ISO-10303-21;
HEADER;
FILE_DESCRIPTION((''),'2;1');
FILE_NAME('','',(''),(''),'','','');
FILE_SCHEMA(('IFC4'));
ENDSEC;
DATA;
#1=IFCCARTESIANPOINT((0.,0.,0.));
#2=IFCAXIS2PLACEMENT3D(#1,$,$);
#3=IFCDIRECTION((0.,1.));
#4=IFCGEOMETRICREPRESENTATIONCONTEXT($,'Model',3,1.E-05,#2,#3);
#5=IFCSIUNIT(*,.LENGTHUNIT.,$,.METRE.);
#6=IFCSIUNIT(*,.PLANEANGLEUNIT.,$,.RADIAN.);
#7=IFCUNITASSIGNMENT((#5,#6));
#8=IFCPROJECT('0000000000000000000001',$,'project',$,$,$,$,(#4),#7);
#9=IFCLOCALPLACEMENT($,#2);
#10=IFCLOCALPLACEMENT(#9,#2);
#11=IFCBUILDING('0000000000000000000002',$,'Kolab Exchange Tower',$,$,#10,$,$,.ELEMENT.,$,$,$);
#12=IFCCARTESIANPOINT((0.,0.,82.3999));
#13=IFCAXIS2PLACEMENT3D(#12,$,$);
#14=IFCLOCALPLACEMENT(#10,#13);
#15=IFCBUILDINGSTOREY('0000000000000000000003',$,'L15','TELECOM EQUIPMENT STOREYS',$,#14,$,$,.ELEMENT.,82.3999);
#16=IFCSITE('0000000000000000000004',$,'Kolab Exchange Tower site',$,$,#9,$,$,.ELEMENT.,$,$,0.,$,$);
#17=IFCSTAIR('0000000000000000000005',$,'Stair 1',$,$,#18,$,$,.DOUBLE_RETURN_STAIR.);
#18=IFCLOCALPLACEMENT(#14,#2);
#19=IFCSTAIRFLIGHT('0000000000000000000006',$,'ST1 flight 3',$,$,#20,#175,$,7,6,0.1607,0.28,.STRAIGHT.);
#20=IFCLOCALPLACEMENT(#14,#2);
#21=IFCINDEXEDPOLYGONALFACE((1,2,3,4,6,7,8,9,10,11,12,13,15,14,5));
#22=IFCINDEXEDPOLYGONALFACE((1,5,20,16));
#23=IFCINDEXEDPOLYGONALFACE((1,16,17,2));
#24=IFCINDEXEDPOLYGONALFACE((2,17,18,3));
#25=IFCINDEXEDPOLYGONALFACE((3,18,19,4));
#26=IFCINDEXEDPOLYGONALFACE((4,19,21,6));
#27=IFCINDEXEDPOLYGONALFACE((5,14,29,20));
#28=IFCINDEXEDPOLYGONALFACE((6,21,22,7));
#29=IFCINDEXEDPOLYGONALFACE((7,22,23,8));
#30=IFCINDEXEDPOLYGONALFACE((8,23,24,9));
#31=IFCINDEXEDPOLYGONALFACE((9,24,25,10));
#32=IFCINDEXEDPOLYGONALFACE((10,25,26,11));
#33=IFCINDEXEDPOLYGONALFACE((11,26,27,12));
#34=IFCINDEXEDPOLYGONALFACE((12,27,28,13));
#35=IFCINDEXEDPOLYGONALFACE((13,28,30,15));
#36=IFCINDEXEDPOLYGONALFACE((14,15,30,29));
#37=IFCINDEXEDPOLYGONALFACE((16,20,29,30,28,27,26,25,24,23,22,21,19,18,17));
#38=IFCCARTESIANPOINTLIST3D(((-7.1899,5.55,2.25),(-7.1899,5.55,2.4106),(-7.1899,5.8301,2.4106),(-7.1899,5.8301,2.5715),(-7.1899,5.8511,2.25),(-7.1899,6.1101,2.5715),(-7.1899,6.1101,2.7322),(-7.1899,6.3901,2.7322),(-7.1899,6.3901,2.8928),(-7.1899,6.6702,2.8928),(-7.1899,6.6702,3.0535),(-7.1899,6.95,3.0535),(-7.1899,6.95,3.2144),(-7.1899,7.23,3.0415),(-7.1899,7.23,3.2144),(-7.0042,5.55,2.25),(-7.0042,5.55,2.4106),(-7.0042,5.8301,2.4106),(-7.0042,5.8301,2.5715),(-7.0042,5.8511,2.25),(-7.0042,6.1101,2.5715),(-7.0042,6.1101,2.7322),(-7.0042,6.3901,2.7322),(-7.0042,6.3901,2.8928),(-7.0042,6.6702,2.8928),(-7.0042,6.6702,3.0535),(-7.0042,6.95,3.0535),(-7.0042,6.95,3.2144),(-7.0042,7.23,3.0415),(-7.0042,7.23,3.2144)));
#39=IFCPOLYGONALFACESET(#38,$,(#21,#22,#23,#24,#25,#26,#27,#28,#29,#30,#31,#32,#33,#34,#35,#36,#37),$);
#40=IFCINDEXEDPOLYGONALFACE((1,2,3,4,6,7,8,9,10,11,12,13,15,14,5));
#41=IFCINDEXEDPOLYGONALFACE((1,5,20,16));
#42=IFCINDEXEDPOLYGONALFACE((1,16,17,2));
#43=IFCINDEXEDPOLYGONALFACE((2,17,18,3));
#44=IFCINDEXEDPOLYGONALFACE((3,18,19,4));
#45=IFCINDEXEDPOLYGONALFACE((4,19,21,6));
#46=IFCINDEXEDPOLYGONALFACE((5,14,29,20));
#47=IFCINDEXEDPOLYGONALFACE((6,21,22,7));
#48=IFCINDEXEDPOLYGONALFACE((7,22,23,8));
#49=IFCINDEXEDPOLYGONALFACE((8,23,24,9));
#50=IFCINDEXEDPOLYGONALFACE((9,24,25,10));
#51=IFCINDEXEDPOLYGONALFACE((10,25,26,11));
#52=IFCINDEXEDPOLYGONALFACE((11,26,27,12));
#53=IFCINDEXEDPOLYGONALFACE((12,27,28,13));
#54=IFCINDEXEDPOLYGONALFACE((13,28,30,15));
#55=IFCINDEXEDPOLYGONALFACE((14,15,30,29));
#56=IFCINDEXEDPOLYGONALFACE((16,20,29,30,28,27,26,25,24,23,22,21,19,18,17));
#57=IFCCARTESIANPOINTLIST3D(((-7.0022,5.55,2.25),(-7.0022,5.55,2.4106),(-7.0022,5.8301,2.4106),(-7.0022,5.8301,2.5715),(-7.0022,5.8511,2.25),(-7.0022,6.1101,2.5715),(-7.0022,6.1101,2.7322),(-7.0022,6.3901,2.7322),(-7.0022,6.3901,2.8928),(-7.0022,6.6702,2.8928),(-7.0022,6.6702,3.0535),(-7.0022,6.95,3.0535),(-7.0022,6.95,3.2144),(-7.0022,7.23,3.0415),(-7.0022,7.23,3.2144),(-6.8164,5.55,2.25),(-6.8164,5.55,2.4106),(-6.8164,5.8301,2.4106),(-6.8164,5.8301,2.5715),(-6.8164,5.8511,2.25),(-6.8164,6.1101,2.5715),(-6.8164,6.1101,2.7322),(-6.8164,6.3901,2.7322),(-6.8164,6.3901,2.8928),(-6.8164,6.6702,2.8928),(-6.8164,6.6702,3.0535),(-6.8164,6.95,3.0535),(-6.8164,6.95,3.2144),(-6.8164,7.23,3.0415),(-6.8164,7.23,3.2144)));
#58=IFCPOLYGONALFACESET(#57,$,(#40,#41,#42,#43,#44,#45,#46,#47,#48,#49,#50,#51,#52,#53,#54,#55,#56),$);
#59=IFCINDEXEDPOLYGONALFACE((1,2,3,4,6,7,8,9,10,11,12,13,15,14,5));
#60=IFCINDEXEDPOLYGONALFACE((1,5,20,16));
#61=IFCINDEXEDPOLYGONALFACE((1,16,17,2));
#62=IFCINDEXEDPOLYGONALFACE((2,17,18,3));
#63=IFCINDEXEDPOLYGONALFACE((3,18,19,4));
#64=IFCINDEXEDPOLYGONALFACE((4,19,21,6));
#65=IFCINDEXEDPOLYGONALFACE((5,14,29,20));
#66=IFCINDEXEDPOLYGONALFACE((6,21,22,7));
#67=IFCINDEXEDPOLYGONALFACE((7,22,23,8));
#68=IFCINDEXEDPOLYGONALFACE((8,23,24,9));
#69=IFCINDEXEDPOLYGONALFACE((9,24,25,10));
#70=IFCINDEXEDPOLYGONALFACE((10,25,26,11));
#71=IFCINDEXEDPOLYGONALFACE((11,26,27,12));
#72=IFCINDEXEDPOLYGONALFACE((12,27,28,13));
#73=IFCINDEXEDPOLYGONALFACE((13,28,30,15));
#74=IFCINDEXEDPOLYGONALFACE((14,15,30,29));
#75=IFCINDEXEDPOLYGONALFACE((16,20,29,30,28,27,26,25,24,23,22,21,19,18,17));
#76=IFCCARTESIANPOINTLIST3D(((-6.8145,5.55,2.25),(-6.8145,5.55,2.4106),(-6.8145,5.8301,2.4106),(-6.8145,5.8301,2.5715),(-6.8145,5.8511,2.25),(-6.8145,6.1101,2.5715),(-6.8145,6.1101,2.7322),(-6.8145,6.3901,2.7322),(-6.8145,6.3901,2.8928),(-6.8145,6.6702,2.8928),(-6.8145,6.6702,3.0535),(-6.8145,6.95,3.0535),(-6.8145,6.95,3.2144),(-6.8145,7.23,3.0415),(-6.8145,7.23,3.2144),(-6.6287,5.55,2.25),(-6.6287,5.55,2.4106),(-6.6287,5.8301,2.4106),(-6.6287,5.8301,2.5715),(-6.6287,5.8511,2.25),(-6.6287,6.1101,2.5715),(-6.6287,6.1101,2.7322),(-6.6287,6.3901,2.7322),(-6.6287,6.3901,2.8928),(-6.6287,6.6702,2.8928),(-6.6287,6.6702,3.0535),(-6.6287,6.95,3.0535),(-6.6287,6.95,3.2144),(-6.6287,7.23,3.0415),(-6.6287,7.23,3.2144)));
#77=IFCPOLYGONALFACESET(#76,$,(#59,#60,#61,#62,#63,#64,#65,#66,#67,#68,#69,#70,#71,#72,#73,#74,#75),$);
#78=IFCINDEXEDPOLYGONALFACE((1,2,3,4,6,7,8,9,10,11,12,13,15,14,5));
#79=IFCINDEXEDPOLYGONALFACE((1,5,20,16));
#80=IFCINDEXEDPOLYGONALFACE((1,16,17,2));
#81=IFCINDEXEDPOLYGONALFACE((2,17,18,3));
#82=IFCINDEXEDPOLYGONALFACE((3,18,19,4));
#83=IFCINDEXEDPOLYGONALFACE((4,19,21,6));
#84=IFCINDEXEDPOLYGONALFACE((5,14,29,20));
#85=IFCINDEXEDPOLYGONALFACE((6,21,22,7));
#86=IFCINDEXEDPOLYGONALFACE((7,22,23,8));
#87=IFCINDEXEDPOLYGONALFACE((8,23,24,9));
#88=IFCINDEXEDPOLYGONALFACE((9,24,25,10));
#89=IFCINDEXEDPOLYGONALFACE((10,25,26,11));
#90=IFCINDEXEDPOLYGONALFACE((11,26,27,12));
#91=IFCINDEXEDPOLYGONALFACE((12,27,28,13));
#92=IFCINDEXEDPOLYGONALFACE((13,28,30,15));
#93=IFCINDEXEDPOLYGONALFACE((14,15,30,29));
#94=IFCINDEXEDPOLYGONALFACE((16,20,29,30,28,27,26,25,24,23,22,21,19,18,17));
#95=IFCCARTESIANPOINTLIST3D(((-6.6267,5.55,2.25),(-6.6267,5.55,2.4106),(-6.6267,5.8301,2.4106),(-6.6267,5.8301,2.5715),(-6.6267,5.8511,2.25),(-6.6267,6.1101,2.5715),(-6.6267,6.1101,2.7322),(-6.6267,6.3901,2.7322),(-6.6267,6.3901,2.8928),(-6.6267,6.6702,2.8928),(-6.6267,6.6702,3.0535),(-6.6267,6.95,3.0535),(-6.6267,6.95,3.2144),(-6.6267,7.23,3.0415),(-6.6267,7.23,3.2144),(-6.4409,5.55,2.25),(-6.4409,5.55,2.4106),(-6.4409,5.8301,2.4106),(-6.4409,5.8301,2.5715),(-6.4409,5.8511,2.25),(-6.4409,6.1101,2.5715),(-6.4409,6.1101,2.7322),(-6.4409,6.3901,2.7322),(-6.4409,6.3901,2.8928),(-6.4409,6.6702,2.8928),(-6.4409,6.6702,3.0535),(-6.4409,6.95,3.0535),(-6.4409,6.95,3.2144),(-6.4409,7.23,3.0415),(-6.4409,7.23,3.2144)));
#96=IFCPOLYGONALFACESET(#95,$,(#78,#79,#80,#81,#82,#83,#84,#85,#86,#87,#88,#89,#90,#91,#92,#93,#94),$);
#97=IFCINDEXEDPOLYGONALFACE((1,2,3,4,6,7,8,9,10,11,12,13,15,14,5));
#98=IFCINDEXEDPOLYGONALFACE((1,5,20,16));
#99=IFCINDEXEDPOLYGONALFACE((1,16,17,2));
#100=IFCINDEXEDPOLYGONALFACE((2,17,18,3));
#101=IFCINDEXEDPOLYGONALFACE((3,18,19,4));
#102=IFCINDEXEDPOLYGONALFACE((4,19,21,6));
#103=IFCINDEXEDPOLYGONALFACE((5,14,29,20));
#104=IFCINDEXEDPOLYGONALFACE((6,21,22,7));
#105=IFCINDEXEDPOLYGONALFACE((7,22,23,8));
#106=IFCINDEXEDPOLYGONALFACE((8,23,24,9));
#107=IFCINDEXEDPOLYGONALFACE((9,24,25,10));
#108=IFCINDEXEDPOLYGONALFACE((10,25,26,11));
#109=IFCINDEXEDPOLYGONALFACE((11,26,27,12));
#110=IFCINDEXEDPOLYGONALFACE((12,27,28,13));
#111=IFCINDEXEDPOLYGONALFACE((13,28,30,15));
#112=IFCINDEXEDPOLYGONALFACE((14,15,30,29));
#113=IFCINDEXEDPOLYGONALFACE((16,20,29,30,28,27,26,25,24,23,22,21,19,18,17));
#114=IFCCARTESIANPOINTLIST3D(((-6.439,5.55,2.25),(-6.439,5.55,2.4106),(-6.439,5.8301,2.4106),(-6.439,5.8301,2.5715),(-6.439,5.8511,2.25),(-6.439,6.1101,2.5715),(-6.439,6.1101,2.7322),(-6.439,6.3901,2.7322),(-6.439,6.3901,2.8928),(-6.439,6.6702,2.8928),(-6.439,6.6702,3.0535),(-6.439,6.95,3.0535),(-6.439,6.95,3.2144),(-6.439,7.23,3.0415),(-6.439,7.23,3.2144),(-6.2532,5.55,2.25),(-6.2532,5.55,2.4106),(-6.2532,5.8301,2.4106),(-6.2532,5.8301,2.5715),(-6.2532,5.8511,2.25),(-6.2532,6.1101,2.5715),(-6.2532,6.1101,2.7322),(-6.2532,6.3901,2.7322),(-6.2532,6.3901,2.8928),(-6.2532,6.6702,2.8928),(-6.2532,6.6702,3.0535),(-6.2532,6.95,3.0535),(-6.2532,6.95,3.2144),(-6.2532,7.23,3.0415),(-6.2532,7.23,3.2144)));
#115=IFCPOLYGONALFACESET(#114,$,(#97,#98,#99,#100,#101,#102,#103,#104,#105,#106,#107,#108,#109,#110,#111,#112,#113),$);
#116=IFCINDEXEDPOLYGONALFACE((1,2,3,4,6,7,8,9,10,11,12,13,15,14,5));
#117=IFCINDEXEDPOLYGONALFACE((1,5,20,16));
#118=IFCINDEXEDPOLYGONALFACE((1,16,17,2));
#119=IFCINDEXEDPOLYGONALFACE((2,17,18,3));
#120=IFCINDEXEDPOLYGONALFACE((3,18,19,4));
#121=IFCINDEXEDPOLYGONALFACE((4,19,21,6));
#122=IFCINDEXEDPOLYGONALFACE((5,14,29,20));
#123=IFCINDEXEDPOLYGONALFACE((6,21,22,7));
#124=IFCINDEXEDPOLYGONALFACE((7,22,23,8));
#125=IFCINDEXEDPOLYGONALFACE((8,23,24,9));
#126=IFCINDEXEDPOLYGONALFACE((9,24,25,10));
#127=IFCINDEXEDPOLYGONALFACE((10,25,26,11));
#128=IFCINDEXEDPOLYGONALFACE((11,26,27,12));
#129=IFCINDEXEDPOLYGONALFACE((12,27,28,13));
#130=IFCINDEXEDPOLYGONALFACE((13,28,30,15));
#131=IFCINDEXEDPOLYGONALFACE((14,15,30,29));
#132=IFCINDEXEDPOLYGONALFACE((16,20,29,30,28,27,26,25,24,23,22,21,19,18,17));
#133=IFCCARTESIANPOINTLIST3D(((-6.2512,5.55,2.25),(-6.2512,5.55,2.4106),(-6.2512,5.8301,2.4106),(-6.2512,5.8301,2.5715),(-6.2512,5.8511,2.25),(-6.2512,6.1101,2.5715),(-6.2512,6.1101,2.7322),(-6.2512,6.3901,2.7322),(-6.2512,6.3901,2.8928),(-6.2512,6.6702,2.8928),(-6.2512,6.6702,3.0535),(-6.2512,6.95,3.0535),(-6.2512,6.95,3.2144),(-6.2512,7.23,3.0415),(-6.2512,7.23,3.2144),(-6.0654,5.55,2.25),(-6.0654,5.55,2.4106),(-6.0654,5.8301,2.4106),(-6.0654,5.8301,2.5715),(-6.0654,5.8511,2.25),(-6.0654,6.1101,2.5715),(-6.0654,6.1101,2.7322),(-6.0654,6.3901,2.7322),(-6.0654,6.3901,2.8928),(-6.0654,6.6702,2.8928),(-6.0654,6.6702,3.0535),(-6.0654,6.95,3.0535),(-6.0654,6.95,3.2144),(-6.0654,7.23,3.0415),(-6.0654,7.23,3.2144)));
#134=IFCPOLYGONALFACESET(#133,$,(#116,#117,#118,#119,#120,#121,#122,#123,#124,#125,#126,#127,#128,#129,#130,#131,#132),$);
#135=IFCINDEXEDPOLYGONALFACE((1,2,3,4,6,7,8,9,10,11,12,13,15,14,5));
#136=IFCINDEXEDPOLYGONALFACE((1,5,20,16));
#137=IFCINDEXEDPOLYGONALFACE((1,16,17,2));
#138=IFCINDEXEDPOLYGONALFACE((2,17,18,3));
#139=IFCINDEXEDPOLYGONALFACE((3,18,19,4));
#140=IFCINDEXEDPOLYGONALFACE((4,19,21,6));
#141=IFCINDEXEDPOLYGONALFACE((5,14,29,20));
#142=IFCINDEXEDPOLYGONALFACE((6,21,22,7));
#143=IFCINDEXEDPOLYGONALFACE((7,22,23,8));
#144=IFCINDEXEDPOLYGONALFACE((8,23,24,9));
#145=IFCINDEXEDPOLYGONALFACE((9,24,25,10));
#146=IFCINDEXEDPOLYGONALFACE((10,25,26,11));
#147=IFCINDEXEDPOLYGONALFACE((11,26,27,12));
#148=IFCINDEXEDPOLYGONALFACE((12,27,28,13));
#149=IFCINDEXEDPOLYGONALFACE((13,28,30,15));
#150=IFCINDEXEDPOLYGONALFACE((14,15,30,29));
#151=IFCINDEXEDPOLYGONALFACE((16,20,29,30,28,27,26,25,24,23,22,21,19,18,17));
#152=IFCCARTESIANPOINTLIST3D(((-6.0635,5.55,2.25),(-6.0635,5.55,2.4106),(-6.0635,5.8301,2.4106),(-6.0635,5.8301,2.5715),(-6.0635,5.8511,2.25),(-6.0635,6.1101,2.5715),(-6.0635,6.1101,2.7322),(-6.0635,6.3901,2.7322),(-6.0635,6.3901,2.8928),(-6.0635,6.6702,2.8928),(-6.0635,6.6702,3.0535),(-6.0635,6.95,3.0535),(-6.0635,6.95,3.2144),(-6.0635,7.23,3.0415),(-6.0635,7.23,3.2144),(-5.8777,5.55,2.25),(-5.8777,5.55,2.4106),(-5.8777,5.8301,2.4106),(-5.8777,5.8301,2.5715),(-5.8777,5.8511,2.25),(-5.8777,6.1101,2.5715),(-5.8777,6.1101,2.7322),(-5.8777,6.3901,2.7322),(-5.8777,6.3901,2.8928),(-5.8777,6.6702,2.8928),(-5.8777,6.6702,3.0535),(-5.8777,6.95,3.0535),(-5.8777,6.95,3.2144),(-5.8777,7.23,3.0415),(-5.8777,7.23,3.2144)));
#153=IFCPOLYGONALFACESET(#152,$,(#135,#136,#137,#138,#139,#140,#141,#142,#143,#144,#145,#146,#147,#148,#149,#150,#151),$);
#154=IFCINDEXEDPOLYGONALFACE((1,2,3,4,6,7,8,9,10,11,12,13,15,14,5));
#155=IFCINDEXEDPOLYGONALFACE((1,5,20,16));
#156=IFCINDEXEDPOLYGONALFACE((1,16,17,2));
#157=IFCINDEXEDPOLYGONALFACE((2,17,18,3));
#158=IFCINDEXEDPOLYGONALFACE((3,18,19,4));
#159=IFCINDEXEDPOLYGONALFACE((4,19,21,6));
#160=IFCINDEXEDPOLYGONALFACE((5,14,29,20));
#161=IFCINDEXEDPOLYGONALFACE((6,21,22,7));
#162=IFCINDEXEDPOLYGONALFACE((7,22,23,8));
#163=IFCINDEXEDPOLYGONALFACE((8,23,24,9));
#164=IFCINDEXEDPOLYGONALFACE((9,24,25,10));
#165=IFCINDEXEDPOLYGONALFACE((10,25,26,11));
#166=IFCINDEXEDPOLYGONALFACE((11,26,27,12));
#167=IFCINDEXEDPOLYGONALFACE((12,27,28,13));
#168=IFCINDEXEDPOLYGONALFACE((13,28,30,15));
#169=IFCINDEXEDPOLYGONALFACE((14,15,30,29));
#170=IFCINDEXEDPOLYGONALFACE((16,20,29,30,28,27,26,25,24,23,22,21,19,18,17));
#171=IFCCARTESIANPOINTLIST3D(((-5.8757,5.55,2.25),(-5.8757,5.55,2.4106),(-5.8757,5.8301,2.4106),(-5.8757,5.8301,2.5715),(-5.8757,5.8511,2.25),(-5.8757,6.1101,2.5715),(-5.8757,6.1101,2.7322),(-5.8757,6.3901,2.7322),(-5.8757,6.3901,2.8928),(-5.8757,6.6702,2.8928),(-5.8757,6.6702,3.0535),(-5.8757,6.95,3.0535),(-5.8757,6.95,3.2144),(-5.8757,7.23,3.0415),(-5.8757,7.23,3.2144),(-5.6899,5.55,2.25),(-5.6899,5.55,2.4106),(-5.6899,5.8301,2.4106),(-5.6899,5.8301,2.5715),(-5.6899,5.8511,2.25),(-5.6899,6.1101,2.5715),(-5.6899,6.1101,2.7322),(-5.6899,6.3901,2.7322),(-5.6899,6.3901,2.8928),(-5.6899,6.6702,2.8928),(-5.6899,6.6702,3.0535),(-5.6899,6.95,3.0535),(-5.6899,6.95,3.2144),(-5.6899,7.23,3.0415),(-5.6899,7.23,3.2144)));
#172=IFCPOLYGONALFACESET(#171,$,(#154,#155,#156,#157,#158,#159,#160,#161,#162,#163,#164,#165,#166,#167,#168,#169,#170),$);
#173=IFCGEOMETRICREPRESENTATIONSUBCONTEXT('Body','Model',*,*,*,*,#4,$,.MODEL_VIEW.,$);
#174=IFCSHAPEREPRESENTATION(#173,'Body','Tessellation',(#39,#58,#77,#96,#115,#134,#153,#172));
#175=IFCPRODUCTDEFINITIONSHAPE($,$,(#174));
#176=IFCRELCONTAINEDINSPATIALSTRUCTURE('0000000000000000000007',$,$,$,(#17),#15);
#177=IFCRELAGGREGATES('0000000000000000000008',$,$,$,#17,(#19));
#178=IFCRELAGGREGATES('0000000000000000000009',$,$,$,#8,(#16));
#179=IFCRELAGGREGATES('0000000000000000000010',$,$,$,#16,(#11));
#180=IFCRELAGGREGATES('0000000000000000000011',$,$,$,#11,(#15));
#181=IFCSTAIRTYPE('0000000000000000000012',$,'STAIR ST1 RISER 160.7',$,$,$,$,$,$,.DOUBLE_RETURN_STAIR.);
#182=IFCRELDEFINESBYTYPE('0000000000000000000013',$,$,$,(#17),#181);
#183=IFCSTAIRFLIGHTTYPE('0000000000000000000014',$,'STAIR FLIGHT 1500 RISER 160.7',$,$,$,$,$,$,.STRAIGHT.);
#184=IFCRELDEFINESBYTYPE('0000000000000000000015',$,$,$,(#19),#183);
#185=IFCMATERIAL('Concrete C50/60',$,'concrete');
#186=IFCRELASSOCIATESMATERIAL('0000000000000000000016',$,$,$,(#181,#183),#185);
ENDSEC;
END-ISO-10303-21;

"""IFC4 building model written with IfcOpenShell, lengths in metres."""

from ifc_helpers import new_model, si_unit, direction, frame, origin, place, context, subcontext, project, spatial, polyline, outline, extrude, material, type_object, element, aggregate, save


model = new_model("IFC4")

# Units and contexts
model_context = context("Model", 3, precision=1e-05, world=origin(), true_north=direction((0.0, 1.0)))
body_context = subcontext(model_context, "Body", "Model", "MODEL_VIEW")
ifc_project = project(units=[si_unit("LENGTHUNIT", "METRE"), si_unit("PLANEANGLEUNIT", "RADIAN")], contexts=[model_context])

# Site, building, storey
site_placement = place(None, origin())
site = spatial("IfcSite", under=ifc_project, at=site_placement, Name="Kolab Exchange Tower site", CompositionType="ELEMENT", RefElevation=0.0)
building_placement = place(site_placement, origin())
building = spatial("IfcBuilding", under=site, at=building_placement, Name="Kolab Exchange Tower", CompositionType="ELEMENT")
storey_placement = place(building_placement, frame((0.0, 0.0, 82.3999)))
storey = spatial("IfcBuildingStorey", under=building, at=storey_placement, Name="L15", Description="TELECOM EQUIPMENT STOREYS", CompositionType="ELEMENT", Elevation=82.3999)

# Shared definitions
ifc_material_1 = material(Name="Concrete C50/60", Category="concrete")

# Stair, stair flight
stair_type = type_object("IfcStairType", Name="STAIR ST1 RISER 160.7", PredefinedType="DOUBLE_RETURN_STAIR", material=ifc_material_1)
stair_placement = place(storey_placement, origin())
stair = element("IfcStair", 1, at=stair_placement, inside=storey, type_object=stair_type, Name="Stair 1", PredefinedType="DOUBLE_RETURN_STAIR")
stair_flight_type = type_object("IfcStairFlightType", Name="STAIR FLIGHT 1500 RISER 160.7", PredefinedType="STRAIGHT", material=ifc_material_1)
stair_flight_1_placement = place(storey_placement, frame((-6.4399, 5.55, 2.25), z_axis=(0.0, 0.0, 1.0), x_axis=(0.0, 1.0, 0.0)))
stair_flight_1 = element("IfcStairFlight", 2, at=stair_flight_1_placement, type_object=stair_flight_type, Name="ST1 flight 3", NumberOfRisers=7, NumberOfTreads=6, PredefinedType="STRAIGHT", RiserHeight=0.1607, TreadLength=0.28, context=body_context, shape_type="SweptSolid", body=[
    extrude(outline(polyline([(0.0, 0.0), (0.0, 0.1606), (0.28, 0.1606), (0.28, 0.3215), (0.5601, 0.3215), (0.5601, 0.4822), (0.8401, 0.4822), (0.8401, 0.6428), (1.1201, 0.6428), (1.1201, 0.8035), (1.3999, 0.8035), (1.3999, 0.9644), (1.6799, 0.9644), (1.6799, 1.125), (1.6799, 0.7915), (0.301, 0.0), (0.0, 0.0)])), frame((0.0, 0.75, 0.0), z_axis=(0.0, -1.0, 0.0), x_axis=(1.0, 0.0, 0.0)), (0.0, 0.0, 1.0), 0.1858),
    extrude(outline(polyline([(0.0, 0.0), (0.0, 0.1606), (0.28, 0.1606), (0.28, 0.3215), (0.5601, 0.3215), (0.5601, 0.4822), (0.8401, 0.4822), (0.8401, 0.6428), (1.1201, 0.6428), (1.1201, 0.8035), (1.3999, 0.8035), (1.3999, 0.9644), (1.6799, 0.9644), (1.6799, 1.125), (1.6799, 0.7915), (0.301, 0.0), (0.0, 0.0)])), frame((0.0, 0.5623, 0.0), z_axis=(0.0, -1.0, 0.0), x_axis=(1.0, 0.0, 0.0)), (0.0, 0.0, 1.0), 0.1858),
    extrude(outline(polyline([(0.0, 0.0), (0.0, 0.1606), (0.28, 0.1606), (0.28, 0.3215), (0.5601, 0.3215), (0.5601, 0.4822), (0.8401, 0.4822), (0.8401, 0.6428), (1.1201, 0.6428), (1.1201, 0.8035), (1.3999, 0.8035), (1.3999, 0.9644), (1.6799, 0.9644), (1.6799, 1.125), (1.6799, 0.7915), (0.301, 0.0), (0.0, 0.0)])), frame((0.0, 0.3745, 0.0), z_axis=(0.0, -1.0, 0.0), x_axis=(1.0, 0.0, 0.0)), (0.0, 0.0, 1.0), 0.1858),
    extrude(outline(polyline([(0.0, 0.0), (0.0, 0.1606), (0.28, 0.1606), (0.28, 0.3215), (0.5601, 0.3215), (0.5601, 0.4822), (0.8401, 0.4822), (0.8401, 0.6428), (1.1201, 0.6428), (1.1201, 0.8035), (1.3999, 0.8035), (1.3999, 0.9644), (1.6799, 0.9644), (1.6799, 1.125), (1.6799, 0.7915), (0.301, 0.0), (0.0, 0.0)])), frame((0.0, 0.1868, 0.0), z_axis=(0.0, -1.0, 0.0), x_axis=(1.0, 0.0, 0.0)), (0.0, 0.0, 1.0), 0.1858),
    extrude(outline(polyline([(0.0, 0.0), (0.0, 0.1606), (0.28, 0.1606), (0.28, 0.3215), (0.5601, 0.3215), (0.5601, 0.4822), (0.8401, 0.4822), (0.8401, 0.6428), (1.1201, 0.6428), (1.1201, 0.8035), (1.3999, 0.8035), (1.3999, 0.9644), (1.6799, 0.9644), (1.6799, 1.125), (1.6799, 0.7915), (0.301, 0.0), (0.0, 0.0)])), frame((0.0, -0.001, 0.0), z_axis=(0.0, -1.0, 0.0), x_axis=(1.0, 0.0, 0.0)), (0.0, 0.0, 1.0), 0.1858),
    extrude(outline(polyline([(0.0, 0.0), (0.0, 0.1606), (0.28, 0.1606), (0.28, 0.3215), (0.5601, 0.3215), (0.5601, 0.4822), (0.8401, 0.4822), (0.8401, 0.6428), (1.1201, 0.6428), (1.1201, 0.8035), (1.3999, 0.8035), (1.3999, 0.9644), (1.6799, 0.9644), (1.6799, 1.125), (1.6799, 0.7915), (0.301, 0.0), (0.0, 0.0)])), frame((0.0, -0.1887, 0.0), z_axis=(0.0, -1.0, 0.0), x_axis=(1.0, 0.0, 0.0)), (0.0, 0.0, 1.0), 0.1858),
    extrude(outline(polyline([(0.0, 0.0), (0.0, 0.1606), (0.28, 0.1606), (0.28, 0.3215), (0.5601, 0.3215), (0.5601, 0.4822), (0.8401, 0.4822), (0.8401, 0.6428), (1.1201, 0.6428), (1.1201, 0.8035), (1.3999, 0.8035), (1.3999, 0.9644), (1.6799, 0.9644), (1.6799, 1.125), (1.6799, 0.7915), (0.301, 0.0), (0.0, 0.0)])), frame((0.0, -0.3765, 0.0), z_axis=(0.0, -1.0, 0.0), x_axis=(1.0, 0.0, 0.0)), (0.0, 0.0, 1.0), 0.1858),
    extrude(outline(polyline([(0.0, 0.0), (0.0, 0.1606), (0.28, 0.1606), (0.28, 0.3215), (0.5601, 0.3215), (0.5601, 0.4822), (0.8401, 0.4822), (0.8401, 0.6428), (1.1201, 0.6428), (1.1201, 0.8035), (1.3999, 0.8035), (1.3999, 0.9644), (1.6799, 0.9644), (1.6799, 1.125), (1.6799, 0.7915), (0.301, 0.0), (0.0, 0.0)])), frame((0.0, -0.5642, 0.0), z_axis=(0.0, -1.0, 0.0), x_axis=(1.0, 0.0, 0.0)), (0.0, 0.0, 1.0), 0.1858),
])
aggregate(stair, [stair_flight_1])

save(model, "model.ifc")
